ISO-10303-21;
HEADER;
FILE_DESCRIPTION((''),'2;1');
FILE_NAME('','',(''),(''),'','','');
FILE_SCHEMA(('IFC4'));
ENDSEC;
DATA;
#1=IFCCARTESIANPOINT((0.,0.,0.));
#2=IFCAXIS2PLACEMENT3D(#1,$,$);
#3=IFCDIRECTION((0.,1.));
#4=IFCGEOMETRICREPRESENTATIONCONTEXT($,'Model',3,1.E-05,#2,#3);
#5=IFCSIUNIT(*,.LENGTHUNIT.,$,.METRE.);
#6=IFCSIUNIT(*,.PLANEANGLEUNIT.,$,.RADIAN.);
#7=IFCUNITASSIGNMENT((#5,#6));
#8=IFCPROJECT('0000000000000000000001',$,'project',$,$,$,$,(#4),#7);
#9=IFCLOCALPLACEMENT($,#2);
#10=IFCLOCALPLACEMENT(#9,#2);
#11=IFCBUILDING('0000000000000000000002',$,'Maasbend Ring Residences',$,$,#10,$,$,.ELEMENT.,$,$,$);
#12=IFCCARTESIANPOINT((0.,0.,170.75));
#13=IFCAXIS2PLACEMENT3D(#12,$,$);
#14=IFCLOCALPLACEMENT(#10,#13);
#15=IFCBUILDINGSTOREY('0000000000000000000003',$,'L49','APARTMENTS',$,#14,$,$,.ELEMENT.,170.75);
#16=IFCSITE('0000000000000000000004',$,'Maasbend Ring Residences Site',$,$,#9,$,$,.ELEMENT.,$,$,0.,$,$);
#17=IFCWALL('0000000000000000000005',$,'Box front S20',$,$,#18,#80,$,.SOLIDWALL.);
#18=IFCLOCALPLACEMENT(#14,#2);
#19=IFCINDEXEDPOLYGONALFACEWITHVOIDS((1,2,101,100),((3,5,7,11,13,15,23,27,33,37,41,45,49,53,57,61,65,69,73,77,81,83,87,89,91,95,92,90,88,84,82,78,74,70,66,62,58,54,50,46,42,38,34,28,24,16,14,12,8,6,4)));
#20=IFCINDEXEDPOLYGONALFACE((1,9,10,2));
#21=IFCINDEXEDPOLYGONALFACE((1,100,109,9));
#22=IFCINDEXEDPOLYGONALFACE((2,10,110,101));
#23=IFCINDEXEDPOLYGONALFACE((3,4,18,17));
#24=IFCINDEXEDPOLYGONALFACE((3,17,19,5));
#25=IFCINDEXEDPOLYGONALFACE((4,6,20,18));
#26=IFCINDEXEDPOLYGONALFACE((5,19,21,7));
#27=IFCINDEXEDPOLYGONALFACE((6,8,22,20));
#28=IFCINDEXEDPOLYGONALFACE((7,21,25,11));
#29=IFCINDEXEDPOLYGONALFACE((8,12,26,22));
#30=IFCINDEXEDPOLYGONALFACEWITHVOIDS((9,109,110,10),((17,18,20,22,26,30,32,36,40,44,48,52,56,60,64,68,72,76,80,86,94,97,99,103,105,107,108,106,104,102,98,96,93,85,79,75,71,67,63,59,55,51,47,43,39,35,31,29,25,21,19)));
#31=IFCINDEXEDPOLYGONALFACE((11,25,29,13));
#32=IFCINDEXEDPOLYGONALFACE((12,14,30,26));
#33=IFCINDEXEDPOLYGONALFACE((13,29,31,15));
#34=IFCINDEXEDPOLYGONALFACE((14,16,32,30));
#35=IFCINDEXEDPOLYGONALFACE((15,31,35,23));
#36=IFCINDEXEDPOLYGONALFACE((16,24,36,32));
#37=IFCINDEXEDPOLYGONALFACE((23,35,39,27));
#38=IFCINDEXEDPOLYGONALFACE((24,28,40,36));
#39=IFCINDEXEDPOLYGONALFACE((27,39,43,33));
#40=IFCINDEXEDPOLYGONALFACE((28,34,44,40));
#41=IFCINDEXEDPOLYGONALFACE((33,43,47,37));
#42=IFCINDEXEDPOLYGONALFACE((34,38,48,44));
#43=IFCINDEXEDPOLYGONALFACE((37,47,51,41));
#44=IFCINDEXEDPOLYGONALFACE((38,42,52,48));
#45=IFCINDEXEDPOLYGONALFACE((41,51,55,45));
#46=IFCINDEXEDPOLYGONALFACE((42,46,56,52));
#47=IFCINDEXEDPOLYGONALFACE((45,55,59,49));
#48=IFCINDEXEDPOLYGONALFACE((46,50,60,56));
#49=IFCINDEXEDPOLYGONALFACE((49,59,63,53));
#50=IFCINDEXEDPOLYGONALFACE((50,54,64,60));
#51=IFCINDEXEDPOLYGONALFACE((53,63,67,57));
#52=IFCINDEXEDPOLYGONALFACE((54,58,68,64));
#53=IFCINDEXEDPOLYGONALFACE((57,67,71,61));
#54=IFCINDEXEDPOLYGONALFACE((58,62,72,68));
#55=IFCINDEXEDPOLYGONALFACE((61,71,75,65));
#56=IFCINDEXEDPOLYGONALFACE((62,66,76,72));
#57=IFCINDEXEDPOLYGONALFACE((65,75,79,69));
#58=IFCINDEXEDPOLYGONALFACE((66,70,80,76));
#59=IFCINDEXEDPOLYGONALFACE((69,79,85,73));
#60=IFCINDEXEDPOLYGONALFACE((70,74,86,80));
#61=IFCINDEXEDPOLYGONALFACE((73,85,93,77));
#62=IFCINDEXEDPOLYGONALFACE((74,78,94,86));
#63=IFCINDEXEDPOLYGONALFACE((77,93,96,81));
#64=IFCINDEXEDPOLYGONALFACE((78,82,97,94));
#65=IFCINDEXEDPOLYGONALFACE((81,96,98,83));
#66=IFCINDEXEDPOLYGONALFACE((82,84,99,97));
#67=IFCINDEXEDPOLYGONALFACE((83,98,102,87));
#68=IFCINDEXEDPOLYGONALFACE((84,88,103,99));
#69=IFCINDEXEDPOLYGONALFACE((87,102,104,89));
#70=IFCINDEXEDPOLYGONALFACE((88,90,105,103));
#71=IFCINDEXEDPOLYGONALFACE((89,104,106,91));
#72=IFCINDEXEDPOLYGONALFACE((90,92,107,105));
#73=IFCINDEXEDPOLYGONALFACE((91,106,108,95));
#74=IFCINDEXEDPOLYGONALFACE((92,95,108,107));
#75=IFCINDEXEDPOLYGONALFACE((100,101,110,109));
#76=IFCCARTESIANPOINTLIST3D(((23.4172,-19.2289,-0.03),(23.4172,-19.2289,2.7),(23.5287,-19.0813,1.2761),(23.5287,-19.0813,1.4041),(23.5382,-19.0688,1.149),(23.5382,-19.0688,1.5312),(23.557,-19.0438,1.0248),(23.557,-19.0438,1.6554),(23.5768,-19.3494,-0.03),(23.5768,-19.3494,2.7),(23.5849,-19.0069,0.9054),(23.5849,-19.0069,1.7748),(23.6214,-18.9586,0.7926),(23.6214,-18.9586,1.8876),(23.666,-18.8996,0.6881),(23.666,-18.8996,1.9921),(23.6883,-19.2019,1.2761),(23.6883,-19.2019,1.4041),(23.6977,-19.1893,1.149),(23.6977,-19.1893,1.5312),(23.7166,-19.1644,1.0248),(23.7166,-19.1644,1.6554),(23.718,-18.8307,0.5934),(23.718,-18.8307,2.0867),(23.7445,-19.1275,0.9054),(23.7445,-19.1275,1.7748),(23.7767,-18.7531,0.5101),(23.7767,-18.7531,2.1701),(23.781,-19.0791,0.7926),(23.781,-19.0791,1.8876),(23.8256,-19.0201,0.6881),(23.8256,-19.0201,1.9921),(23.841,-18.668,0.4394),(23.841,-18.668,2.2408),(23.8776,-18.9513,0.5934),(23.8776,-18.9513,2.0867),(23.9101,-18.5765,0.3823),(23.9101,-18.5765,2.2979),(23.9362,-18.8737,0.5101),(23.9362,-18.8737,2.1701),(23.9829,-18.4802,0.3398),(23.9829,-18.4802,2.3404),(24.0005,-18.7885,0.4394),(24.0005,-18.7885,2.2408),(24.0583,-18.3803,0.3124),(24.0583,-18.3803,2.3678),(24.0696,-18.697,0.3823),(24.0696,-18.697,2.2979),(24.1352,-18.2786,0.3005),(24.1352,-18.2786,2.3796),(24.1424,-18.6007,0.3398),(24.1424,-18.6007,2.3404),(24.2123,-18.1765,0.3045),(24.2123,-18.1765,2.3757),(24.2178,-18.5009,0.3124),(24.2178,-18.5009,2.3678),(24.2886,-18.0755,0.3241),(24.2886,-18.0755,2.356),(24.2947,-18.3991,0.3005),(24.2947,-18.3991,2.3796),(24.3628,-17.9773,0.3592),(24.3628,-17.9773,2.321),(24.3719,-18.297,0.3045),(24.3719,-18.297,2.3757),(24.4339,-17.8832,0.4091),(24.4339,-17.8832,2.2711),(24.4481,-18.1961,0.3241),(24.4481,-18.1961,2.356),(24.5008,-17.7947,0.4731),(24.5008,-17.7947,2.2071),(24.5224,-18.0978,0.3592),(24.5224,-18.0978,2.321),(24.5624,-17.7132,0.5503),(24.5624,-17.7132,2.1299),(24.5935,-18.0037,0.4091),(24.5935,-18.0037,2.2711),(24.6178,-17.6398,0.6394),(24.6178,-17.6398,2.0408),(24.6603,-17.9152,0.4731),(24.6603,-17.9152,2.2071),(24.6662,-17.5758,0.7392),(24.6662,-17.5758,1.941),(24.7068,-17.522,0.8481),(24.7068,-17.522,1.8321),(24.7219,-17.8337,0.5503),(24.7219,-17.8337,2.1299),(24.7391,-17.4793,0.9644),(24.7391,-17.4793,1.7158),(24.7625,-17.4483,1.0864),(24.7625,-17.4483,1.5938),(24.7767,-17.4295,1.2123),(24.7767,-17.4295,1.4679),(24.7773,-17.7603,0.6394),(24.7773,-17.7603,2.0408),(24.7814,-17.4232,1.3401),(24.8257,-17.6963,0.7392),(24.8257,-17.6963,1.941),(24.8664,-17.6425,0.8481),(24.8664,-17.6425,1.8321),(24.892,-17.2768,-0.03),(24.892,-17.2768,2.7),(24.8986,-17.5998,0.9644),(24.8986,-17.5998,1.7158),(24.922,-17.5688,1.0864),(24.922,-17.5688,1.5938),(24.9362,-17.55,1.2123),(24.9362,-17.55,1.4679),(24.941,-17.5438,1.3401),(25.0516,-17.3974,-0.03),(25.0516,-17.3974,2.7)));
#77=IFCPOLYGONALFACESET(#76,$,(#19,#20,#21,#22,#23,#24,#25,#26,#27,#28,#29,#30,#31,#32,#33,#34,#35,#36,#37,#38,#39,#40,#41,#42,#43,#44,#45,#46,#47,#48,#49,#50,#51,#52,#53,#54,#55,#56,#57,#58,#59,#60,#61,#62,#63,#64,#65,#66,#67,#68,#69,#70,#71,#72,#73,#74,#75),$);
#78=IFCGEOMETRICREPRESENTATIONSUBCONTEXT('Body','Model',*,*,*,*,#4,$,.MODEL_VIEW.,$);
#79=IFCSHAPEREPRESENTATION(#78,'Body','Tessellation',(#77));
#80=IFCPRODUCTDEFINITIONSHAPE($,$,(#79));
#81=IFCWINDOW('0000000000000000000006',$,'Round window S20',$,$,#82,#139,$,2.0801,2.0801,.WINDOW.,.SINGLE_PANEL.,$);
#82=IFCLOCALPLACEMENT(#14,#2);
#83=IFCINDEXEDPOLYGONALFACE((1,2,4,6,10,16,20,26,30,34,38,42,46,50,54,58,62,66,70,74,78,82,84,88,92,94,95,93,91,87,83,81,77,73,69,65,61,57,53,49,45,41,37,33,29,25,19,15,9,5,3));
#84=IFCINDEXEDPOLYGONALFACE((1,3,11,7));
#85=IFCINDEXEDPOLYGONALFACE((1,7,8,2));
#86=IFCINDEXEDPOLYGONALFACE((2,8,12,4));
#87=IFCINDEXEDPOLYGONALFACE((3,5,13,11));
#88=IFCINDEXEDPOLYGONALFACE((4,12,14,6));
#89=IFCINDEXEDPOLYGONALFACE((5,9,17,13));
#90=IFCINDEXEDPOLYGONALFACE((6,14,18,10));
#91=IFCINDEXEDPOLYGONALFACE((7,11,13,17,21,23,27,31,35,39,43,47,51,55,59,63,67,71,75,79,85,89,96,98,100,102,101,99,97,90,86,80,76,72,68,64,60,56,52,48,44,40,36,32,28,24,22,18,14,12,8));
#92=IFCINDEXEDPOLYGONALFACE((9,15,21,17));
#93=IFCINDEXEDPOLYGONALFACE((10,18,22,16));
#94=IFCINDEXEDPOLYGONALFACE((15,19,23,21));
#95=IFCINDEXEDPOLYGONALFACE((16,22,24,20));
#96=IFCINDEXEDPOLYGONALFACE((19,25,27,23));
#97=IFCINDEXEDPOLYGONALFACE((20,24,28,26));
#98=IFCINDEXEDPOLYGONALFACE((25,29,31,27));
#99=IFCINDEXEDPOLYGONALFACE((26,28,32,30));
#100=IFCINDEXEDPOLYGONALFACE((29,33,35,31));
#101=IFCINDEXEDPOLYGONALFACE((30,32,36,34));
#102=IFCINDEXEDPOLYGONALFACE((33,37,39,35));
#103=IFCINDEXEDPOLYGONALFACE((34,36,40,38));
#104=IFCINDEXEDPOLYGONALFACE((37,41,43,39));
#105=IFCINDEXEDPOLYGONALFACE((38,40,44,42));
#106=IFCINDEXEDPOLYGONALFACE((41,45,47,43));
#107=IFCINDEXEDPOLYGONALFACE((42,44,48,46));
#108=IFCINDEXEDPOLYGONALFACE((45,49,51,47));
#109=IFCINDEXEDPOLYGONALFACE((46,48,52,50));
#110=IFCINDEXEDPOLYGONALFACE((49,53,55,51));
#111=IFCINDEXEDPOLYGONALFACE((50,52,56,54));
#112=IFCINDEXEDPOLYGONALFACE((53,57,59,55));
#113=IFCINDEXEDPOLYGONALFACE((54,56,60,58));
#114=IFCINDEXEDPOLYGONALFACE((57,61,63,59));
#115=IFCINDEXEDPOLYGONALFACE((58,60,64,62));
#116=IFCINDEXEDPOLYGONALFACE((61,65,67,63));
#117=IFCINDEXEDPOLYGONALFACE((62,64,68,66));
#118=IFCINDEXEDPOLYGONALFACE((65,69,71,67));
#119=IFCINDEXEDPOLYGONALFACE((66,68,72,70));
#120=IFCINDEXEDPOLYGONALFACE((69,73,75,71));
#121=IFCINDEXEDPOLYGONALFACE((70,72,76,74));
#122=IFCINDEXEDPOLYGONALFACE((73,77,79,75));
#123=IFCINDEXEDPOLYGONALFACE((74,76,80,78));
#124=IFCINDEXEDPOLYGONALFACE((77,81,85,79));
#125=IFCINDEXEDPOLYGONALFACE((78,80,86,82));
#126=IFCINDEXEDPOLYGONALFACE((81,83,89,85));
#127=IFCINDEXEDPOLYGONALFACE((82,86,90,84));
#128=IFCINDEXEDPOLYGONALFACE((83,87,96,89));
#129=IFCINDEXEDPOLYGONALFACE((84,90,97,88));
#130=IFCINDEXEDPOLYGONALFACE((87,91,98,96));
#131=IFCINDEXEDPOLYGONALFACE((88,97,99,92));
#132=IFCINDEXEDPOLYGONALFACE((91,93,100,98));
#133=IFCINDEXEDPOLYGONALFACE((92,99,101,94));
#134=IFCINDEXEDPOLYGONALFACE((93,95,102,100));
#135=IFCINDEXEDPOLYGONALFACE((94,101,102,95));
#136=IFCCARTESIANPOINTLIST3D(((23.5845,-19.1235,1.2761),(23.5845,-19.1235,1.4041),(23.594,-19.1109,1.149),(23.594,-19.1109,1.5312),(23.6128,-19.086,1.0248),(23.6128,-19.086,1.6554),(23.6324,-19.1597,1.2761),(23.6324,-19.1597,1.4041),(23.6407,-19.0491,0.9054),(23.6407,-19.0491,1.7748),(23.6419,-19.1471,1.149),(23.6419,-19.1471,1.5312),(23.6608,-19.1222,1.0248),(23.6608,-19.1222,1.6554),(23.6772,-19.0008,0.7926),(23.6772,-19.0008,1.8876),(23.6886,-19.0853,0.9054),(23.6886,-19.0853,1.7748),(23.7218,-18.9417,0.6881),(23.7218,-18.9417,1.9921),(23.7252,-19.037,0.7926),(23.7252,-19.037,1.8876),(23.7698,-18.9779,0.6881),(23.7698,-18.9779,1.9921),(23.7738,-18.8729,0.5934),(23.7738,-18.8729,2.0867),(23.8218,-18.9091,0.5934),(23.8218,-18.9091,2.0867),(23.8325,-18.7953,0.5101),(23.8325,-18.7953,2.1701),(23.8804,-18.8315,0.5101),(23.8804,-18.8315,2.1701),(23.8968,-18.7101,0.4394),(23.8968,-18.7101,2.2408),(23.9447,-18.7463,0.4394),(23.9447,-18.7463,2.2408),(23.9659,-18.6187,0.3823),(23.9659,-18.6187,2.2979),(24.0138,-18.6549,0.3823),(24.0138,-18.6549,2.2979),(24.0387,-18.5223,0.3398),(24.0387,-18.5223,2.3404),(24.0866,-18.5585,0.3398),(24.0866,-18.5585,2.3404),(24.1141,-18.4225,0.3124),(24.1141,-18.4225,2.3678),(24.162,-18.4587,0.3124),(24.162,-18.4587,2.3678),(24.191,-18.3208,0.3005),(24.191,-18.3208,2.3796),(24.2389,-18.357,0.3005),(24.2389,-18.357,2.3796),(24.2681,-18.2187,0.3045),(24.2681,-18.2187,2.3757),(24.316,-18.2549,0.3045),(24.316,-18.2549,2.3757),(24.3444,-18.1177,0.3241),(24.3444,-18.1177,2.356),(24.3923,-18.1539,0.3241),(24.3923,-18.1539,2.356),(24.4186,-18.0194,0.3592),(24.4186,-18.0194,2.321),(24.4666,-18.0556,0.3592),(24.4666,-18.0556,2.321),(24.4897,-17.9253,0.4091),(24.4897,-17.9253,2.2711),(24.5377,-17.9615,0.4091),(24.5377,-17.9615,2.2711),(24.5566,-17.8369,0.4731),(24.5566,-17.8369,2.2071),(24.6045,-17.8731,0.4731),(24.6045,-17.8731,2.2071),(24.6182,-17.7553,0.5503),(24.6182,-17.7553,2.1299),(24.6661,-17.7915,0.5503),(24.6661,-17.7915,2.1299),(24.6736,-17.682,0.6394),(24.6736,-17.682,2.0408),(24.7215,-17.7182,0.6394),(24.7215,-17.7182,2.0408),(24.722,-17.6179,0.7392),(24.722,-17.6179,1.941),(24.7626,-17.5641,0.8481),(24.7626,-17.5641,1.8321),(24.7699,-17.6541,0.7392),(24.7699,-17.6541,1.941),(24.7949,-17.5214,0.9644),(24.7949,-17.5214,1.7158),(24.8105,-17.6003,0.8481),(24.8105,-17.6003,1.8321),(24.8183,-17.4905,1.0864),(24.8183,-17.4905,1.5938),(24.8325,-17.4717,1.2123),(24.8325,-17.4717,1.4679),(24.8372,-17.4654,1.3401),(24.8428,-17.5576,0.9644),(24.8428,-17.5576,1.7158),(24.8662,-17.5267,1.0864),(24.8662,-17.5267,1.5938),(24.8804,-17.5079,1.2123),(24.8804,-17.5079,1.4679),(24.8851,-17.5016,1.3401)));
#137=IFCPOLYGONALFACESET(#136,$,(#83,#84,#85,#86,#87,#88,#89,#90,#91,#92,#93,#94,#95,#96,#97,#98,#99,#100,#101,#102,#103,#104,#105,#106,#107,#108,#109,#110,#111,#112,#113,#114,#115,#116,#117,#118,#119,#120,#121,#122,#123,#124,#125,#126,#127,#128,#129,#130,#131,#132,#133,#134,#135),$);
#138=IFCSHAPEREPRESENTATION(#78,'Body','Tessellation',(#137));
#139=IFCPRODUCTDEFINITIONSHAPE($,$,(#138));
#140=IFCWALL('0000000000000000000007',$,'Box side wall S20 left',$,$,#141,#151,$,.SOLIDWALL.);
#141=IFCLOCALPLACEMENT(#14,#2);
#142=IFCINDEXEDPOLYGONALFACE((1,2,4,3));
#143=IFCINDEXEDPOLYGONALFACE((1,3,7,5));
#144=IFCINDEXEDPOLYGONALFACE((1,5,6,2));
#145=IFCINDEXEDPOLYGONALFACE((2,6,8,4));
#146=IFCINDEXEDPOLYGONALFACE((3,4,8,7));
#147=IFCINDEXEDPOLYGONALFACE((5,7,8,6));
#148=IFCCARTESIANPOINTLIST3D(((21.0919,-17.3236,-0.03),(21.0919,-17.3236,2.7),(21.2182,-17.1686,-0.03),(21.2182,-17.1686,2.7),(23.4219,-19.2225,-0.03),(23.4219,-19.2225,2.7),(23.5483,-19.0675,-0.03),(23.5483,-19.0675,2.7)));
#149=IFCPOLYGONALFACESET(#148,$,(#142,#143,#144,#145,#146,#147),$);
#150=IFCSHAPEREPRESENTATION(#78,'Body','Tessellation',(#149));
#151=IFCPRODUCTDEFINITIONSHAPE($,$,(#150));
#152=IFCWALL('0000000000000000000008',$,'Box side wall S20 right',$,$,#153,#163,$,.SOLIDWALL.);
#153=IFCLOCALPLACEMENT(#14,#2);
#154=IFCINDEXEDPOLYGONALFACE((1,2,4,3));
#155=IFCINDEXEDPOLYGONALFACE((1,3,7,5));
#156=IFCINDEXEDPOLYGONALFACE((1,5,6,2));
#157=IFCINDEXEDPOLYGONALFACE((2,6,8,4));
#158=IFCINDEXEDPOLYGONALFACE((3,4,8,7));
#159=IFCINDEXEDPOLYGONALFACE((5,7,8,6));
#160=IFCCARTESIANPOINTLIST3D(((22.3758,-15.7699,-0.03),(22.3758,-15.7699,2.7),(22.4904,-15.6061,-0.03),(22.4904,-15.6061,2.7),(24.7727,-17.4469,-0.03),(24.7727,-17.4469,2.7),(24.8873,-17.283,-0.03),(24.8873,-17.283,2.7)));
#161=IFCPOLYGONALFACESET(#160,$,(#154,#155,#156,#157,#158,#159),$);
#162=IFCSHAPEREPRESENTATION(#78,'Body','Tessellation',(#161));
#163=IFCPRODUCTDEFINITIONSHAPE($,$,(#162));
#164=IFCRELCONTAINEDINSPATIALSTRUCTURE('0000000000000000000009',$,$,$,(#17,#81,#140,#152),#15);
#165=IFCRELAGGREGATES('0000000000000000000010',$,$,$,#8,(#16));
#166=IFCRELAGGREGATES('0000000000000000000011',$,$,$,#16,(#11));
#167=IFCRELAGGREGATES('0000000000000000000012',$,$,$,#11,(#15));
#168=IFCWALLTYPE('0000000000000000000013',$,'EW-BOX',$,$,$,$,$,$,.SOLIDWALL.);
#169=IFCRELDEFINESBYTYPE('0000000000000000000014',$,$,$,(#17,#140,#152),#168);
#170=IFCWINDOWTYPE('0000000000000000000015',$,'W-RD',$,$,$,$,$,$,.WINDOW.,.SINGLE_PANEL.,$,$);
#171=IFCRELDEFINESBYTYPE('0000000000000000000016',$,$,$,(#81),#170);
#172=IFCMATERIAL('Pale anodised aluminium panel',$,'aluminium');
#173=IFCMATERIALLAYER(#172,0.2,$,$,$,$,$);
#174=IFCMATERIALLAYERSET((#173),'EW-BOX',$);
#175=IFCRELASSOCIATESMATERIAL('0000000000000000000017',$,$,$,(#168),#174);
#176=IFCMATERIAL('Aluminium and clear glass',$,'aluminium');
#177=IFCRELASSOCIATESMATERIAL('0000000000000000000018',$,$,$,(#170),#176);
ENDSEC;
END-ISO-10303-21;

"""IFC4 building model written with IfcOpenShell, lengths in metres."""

from ifc_helpers import new_model, si_unit, direction, frame, frame_2d, origin, place, context, subcontext, project, spatial, rectangle, circle, extrude, material, layer, layer_set, type_object, element, fill, save


model = new_model("IFC4")

# Units and contexts
model_context = context("Model", 3, precision=1e-05, world=origin(), true_north=direction((0.0, 1.0)))
body_context = subcontext(model_context, "Body", "Model", "MODEL_VIEW")
ifc_project = project(units=[si_unit("LENGTHUNIT", "METRE"), si_unit("PLANEANGLEUNIT", "RADIAN")], contexts=[model_context])

# Site, building, storey
site_placement = place(None, origin())
site = spatial("IfcSite", under=ifc_project, at=site_placement, Name="Maasbend Ring Residences Site", CompositionType="ELEMENT", RefElevation=0.0)
building_placement = place(site_placement, origin())
building = spatial("IfcBuilding", under=site, at=building_placement, Name="Maasbend Ring Residences", CompositionType="ELEMENT")
storey_placement = place(building_placement, frame((0.0, 0.0, 170.75)))
storey = spatial("IfcBuildingStorey", under=building, at=storey_placement, Name="L49", Description="APARTMENTS", CompositionType="ELEMENT", Elevation=170.75)

# Shared definitions
ifc_material_1 = material(Name="Pale anodised aluminium panel", Category="aluminium")
ifc_layer_1 = layer(ifc_material_1, 0.2)
ifc_layer_set_1 = layer_set([ifc_layer_1], Name="EW-BOX")
wall_type_1 = type_object("IfcWallType", Name="EW-BOX", PredefinedType="SOLIDWALL", material=ifc_layer_set_1)
ifc_material_2 = material(Name="Aluminium and clear glass", Category="aluminium")
window_type_1 = type_object("IfcWindowType", Name="W-RD", PartitioningType="SINGLE_PANEL", PredefinedType="WINDOW", material=ifc_material_2)

# Wall, opening, window
wall_1_placement = place(storey_placement, frame((23.4971, -19.2891, -0.03), z_axis=(0.0, 0.0, 1.0), x_axis=(0.602806, 0.797888, 0.0)))
wall_1 = element("IfcWall", 1, at=wall_1_placement, inside=storey, type_object=wall_type_1, Name="Box front S20", PredefinedType="SOLIDWALL", context=body_context, shape_type="SweptSolid", body=[
    extrude(rectangle(XDim=2.4465, YDim=0.2, at=frame_2d((1.2231, 0.0))), origin(), (0.0, 0.0, 1.0), 2.73),
])
opening_1_placement = place(wall_1_placement, frame((0.1829, 0.0, 0.3301)))
opening_1 = element("IfcOpeningElement", 2, at=opening_1_placement, cuts=wall_1, PredefinedType="OPENING", context=body_context, shape_type="SweptSolid", body=[
    extrude(circle(Radius=1.04, at=frame_2d((1.04, 1.04))), frame((0.0, 0.1099, 0.0), z_axis=(0.0, -1.0, 0.0), x_axis=(1.0, 0.0, 0.0)), (0.0, 0.0, 1.0), 0.22),
])
window_1_placement = place(opening_1_placement, origin())
window_1 = element("IfcWindow", 3, at=window_1_placement, inside=storey, type_object=window_type_1, Name="Round window S20", OverallHeight=2.0801, OverallWidth=2.0801, PartitioningType="SINGLE_PANEL", PredefinedType="WINDOW", context=body_context, shape_type="SweptSolid", body=[
    extrude(circle(Radius=1.04, at=frame_2d((1.04, 1.04))), frame((0.0, 0.03, 0.0), z_axis=(0.0, -1.0, 0.0), x_axis=(1.0, 0.0, 0.0)), (0.0, 0.0, 1.0), 0.0601),
])
fill(opening_1, window_1)

# Walls
wall_2_placement = place(storey_placement, frame((21.155, -17.2461, -0.03), z_axis=(0.0, 0.0, 1.0), x_axis=(0.775179, -0.631742, 0.0)))
element("IfcWall", 4, at=wall_2_placement, inside=storey, type_object=wall_type_1, Name="Box side wall S20 left", PredefinedType="SOLIDWALL", context=body_context, shape_type="SweptSolid", body=[
    extrude(rectangle(XDim=3.0059, YDim=0.2, at=frame_2d((1.5029, 0.0))), origin(), (0.0, 0.0, 1.0), 2.73),
])
wall_3_placement = place(storey_placement, frame((22.4331, -15.688, -0.03), z_axis=(0.0, 0.0, 1.0), x_axis=(0.819373, -0.573261, 0.0)))
element("IfcWall", 5, at=wall_3_placement, inside=storey, type_object=wall_type_1, Name="Box side wall S20 right", PredefinedType="SOLIDWALL", context=body_context, shape_type="SweptSolid", body=[
    extrude(rectangle(XDim=2.9253, YDim=0.2, at=frame_2d((1.4626, 0.0))), origin(), (0.0, 0.0, 1.0), 2.73),
])

save(model, "model.ifc")
